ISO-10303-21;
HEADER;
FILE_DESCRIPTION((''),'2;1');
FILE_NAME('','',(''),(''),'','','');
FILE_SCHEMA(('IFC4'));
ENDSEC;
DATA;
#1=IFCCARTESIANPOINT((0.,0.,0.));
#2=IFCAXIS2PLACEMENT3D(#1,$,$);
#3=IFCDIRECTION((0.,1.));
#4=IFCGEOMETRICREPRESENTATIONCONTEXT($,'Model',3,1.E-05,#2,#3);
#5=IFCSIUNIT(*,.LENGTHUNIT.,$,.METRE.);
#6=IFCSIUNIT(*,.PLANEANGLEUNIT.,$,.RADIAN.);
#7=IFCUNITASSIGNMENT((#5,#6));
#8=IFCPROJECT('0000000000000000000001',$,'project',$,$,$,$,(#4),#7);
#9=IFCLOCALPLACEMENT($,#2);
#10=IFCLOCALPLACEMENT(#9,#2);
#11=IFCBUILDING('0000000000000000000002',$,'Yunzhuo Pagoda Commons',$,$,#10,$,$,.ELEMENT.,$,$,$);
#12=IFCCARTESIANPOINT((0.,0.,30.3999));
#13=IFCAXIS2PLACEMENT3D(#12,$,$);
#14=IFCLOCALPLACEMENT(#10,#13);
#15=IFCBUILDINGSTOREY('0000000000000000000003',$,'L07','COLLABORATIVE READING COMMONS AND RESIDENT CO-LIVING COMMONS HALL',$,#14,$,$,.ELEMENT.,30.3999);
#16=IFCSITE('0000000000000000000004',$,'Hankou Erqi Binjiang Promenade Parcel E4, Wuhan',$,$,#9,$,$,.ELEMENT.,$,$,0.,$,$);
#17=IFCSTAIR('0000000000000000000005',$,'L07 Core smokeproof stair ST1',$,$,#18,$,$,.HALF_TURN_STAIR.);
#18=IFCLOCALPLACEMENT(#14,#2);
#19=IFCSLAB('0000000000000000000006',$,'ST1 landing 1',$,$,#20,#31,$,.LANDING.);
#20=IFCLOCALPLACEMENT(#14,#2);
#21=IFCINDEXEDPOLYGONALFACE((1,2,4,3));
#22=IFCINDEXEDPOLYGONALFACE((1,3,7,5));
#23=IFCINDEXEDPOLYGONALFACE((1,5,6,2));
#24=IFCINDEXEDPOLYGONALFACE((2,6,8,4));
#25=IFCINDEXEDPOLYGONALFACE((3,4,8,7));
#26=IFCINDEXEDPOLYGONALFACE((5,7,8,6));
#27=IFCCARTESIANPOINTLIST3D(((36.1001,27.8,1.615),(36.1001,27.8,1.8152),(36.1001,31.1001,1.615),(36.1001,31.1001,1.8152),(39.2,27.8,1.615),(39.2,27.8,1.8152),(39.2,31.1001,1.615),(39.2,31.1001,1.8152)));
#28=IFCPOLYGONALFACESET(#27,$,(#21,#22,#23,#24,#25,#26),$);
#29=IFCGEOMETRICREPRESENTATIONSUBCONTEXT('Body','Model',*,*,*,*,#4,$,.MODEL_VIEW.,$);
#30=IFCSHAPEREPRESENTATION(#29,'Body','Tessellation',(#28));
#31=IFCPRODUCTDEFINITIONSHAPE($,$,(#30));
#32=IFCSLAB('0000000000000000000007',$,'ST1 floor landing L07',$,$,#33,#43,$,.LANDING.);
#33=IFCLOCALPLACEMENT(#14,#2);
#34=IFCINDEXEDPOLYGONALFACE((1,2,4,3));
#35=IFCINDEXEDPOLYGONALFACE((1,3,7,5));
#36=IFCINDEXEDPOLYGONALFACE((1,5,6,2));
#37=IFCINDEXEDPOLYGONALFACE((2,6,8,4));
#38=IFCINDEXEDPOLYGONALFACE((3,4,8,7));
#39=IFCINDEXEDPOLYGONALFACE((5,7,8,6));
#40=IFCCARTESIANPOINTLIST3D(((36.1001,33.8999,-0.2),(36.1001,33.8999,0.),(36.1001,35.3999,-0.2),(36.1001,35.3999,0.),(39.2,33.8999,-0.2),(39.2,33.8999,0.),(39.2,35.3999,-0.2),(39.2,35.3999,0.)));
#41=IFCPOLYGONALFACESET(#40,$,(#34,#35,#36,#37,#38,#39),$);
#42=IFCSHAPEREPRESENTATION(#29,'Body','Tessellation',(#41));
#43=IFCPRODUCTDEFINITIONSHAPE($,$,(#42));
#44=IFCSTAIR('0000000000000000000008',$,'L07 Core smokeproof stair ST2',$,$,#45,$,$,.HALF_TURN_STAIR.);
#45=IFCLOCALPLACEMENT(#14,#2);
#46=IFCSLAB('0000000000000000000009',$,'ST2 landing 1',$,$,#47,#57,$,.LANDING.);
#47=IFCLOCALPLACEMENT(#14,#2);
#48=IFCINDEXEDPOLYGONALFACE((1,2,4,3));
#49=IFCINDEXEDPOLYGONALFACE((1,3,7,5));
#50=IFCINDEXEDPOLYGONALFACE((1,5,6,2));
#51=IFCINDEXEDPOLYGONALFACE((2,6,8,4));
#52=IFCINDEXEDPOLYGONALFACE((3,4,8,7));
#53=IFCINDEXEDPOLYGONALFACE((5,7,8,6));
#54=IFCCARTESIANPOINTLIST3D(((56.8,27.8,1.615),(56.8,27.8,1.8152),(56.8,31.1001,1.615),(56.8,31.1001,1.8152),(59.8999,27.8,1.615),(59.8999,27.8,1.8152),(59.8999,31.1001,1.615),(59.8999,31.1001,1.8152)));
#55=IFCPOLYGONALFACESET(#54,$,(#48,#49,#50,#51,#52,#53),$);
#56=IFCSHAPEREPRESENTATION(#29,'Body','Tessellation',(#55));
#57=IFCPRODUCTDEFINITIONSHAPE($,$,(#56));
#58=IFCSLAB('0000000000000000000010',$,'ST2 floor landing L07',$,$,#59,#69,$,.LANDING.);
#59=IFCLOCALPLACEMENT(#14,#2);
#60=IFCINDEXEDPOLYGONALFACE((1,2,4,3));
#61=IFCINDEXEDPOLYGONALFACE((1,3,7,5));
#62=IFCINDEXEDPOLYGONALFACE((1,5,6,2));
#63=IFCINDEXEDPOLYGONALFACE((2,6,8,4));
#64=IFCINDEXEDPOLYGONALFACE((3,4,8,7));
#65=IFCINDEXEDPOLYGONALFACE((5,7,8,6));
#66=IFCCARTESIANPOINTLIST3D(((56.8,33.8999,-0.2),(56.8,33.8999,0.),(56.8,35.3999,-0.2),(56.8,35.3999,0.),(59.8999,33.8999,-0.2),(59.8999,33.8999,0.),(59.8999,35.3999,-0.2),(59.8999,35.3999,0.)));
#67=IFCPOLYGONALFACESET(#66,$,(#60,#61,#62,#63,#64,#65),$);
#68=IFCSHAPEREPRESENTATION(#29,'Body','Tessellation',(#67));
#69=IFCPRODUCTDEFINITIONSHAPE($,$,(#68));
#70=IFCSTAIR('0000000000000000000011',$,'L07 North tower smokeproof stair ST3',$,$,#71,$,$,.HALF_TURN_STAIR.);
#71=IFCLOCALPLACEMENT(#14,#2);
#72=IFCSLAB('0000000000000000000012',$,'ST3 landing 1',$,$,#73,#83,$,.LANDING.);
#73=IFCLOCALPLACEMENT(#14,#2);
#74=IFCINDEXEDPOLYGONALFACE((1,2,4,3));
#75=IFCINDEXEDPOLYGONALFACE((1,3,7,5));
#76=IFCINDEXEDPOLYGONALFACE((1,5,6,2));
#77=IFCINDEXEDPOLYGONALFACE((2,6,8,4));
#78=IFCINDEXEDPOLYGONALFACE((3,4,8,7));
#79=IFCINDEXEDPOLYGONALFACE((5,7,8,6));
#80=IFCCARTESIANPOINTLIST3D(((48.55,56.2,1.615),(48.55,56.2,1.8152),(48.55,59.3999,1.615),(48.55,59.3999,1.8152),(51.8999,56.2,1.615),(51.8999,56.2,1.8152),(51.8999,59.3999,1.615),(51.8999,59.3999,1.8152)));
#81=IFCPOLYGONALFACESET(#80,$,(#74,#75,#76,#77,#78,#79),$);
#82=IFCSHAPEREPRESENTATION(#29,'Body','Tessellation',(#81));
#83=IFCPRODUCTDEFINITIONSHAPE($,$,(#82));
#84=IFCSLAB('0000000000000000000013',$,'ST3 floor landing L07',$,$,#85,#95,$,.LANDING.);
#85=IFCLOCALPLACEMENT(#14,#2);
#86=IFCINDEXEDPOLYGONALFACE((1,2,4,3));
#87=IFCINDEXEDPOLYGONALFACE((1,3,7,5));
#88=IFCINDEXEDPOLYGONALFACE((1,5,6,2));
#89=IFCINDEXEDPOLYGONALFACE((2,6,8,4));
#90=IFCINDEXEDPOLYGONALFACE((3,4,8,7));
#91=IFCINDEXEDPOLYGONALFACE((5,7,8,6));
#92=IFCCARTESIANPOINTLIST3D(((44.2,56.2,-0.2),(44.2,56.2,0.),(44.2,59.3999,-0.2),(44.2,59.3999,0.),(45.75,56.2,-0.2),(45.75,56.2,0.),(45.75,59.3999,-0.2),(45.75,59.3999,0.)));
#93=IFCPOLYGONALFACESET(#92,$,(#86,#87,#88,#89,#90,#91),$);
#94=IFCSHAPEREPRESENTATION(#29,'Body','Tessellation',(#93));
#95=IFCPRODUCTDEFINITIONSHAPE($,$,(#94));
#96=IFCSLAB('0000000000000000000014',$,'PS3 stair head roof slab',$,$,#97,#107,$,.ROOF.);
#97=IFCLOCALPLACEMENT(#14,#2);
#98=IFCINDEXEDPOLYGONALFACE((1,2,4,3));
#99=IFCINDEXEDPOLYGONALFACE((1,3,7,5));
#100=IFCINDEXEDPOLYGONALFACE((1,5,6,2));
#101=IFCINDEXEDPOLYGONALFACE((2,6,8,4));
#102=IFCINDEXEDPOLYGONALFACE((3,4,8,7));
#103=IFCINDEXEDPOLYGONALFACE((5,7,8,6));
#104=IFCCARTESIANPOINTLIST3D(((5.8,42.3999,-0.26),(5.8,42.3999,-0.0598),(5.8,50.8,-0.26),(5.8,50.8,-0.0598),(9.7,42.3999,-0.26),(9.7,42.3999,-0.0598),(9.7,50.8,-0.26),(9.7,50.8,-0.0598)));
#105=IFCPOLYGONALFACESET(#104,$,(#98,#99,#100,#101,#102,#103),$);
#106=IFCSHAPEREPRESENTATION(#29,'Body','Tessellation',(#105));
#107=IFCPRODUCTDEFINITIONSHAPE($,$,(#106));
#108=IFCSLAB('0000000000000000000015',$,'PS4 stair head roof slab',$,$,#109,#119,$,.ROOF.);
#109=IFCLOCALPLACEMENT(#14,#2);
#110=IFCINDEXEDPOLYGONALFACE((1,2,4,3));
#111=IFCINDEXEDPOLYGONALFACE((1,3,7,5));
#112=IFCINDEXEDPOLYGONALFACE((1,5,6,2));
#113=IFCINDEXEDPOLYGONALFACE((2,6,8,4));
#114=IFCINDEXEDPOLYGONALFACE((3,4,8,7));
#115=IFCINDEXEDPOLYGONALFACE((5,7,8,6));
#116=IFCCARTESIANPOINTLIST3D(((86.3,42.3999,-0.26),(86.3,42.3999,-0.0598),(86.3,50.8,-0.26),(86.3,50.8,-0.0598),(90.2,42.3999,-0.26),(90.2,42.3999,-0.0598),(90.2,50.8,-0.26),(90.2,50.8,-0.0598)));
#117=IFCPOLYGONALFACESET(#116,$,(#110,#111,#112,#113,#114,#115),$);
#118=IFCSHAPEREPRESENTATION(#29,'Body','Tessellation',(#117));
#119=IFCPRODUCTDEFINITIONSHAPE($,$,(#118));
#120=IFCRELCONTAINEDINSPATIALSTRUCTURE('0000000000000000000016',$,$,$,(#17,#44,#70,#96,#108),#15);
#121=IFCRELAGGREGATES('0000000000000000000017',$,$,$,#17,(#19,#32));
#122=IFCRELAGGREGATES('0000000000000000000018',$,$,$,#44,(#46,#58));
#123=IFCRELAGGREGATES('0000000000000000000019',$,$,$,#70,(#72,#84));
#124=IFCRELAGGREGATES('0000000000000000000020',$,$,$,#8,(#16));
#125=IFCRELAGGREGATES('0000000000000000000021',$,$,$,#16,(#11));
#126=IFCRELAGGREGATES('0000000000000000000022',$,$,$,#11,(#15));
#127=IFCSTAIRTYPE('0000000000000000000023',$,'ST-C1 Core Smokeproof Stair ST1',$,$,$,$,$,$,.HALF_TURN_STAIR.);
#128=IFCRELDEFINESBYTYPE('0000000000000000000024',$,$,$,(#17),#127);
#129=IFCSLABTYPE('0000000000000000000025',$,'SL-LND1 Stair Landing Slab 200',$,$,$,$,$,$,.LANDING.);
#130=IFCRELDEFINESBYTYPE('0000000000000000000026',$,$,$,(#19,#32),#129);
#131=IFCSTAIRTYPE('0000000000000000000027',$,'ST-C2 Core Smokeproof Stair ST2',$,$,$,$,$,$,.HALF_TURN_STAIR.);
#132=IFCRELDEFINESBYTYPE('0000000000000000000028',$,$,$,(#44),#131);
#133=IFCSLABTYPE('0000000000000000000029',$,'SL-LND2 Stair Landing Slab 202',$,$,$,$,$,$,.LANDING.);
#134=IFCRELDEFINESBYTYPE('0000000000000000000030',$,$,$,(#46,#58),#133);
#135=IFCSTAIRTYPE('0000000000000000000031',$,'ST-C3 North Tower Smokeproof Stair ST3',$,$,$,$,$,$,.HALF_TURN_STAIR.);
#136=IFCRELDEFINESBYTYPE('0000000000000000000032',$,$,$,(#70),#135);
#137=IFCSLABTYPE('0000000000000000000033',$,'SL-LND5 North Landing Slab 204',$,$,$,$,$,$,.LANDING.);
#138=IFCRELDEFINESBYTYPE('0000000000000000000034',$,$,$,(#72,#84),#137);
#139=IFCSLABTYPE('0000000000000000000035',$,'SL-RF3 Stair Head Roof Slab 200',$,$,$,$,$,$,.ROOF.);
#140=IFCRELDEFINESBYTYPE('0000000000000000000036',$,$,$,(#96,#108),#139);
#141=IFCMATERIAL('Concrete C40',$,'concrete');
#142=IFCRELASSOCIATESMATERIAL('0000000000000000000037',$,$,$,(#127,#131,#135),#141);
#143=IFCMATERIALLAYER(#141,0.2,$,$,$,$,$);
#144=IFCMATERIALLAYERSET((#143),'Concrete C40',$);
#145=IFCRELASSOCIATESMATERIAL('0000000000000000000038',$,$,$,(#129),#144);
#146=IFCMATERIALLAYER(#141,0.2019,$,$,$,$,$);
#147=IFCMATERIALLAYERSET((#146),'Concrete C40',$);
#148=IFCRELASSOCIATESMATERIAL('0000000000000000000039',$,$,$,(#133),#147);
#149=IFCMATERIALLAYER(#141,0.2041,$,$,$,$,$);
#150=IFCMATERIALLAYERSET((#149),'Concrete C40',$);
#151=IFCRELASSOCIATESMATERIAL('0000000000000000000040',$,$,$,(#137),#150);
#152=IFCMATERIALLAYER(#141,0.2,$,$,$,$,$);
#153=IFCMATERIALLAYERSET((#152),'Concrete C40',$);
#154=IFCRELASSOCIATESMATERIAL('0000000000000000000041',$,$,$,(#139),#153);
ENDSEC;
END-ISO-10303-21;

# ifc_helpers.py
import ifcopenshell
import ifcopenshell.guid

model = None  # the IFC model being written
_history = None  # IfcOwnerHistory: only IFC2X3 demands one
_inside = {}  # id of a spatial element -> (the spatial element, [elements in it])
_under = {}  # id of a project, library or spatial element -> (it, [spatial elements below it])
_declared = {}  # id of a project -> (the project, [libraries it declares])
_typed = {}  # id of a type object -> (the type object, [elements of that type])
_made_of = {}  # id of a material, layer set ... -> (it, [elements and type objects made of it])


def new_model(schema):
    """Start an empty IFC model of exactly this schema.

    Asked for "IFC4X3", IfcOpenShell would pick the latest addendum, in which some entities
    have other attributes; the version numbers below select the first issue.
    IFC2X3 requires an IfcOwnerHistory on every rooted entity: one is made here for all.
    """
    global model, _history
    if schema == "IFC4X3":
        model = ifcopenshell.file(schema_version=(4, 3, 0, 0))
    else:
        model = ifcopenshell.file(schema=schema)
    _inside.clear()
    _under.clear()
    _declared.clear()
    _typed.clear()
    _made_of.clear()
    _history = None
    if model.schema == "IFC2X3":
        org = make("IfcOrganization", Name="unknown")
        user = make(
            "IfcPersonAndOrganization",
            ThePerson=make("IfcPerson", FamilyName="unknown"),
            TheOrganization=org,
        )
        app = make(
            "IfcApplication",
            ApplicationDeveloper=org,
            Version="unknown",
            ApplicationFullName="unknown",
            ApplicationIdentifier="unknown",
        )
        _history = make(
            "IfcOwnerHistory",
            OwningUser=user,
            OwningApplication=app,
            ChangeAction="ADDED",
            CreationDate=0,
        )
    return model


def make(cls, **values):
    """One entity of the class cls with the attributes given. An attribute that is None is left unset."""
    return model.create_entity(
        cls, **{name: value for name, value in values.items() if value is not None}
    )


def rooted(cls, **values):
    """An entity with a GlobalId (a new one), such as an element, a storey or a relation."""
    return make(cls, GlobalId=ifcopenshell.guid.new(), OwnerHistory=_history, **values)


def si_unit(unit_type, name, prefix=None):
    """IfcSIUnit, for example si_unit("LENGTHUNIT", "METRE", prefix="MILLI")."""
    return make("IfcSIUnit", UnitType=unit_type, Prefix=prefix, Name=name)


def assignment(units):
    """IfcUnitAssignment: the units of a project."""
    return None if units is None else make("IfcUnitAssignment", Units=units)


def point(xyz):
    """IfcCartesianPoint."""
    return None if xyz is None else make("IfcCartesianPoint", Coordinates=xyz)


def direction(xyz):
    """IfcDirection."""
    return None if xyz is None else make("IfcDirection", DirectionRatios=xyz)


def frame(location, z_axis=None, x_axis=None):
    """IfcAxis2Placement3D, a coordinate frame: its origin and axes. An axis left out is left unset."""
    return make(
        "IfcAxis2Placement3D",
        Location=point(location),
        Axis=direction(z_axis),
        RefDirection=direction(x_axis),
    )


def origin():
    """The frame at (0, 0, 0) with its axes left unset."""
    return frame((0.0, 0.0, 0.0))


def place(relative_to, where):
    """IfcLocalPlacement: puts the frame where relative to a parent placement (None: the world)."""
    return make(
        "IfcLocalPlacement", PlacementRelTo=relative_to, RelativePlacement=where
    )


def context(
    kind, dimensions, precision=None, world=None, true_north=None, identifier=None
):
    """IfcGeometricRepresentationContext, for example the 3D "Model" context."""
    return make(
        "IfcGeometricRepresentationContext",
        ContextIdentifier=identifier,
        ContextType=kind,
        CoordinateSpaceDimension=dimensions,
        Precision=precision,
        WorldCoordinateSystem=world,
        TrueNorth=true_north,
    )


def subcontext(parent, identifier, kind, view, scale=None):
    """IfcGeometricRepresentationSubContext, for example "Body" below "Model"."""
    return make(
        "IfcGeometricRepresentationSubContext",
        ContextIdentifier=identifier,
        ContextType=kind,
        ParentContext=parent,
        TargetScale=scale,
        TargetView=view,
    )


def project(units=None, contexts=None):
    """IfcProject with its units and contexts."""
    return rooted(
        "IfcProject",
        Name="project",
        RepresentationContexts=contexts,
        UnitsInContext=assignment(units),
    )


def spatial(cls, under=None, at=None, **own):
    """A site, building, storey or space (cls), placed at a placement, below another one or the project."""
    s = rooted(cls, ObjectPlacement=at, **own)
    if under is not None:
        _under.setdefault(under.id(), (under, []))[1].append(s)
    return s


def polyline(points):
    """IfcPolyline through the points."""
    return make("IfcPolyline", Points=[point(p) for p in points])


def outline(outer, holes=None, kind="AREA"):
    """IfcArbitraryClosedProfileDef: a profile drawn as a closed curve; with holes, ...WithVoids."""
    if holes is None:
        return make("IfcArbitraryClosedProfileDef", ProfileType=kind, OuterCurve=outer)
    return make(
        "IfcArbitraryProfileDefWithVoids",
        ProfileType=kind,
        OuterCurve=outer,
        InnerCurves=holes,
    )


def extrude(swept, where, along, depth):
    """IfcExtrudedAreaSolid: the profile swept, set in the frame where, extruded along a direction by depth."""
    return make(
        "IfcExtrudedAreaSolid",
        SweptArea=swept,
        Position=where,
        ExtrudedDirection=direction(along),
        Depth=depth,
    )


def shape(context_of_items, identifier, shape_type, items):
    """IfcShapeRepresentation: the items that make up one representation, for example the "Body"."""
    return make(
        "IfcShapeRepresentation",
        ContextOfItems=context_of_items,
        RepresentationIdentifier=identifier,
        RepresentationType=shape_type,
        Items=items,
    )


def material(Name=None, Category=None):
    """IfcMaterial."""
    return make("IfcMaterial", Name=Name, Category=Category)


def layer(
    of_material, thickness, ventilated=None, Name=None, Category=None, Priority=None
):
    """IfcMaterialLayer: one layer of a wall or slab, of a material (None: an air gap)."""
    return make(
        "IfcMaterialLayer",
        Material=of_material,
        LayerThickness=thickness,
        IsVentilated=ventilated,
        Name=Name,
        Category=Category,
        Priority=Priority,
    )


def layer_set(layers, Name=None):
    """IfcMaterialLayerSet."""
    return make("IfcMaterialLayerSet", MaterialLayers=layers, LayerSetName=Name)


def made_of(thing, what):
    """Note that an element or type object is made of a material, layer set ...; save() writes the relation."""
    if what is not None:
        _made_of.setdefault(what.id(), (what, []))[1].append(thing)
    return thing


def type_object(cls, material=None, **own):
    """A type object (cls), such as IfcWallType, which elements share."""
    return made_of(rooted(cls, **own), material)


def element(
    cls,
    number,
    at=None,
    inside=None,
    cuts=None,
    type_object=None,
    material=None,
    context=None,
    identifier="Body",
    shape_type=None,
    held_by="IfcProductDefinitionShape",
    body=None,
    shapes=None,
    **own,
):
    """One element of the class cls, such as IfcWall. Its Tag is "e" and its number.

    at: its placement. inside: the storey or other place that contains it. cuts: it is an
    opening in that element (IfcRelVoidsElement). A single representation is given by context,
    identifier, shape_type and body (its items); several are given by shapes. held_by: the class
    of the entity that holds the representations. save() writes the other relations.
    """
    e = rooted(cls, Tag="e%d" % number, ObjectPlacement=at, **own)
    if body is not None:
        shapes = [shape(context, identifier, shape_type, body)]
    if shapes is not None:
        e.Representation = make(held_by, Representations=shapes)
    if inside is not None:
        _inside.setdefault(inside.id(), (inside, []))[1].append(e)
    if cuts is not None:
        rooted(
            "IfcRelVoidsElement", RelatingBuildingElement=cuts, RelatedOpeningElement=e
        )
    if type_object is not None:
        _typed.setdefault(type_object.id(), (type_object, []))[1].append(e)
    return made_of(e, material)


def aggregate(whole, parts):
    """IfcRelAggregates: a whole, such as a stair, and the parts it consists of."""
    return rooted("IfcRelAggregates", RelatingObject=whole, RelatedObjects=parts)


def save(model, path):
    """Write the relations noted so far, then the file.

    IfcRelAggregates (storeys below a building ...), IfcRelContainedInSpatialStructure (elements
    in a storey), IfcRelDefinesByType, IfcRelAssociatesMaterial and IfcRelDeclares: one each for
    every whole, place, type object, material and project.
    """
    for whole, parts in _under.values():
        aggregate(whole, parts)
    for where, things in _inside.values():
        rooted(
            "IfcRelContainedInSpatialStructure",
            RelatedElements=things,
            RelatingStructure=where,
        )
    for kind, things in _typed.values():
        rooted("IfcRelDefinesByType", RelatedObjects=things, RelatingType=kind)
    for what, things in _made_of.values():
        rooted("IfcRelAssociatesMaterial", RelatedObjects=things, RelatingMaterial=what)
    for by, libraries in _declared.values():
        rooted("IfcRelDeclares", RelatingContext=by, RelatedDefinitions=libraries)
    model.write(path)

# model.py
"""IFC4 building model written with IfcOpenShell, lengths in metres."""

from ifc_helpers import new_model, si_unit, direction, frame, origin, place, context, subcontext, project, spatial, polyline, outline, extrude, material, layer, layer_set, type_object, element, aggregate, save


model = new_model("IFC4")

# Units and contexts
model_context = context("Model", 3, precision=1e-05, world=origin(), true_north=direction((0.0, 1.0)))
body_context = subcontext(model_context, "Body", "Model", "MODEL_VIEW")
ifc_project = project(units=[si_unit("LENGTHUNIT", "METRE"), si_unit("PLANEANGLEUNIT", "RADIAN")], contexts=[model_context])

# Site, building, storey
site_placement = place(None, origin())
site = spatial("IfcSite", under=ifc_project, at=site_placement, Name="Hankou Erqi Binjiang Promenade Parcel E4, Wuhan", CompositionType="ELEMENT", RefElevation=0.0)
building_placement = place(site_placement, origin())
building = spatial("IfcBuilding", under=site, at=building_placement, Name="Yunzhuo Pagoda Commons", CompositionType="ELEMENT")
storey_placement = place(building_placement, frame((0.0, 0.0, 30.3999)))
storey = spatial("IfcBuildingStorey", under=building, at=storey_placement, Name="L07", Description="COLLABORATIVE READING COMMONS AND RESIDENT CO-LIVING COMMONS HALL", CompositionType="ELEMENT", Elevation=30.3999)

# Shared definitions
ifc_material_1 = material(Name="Concrete C40", Category="concrete")

# Stairs, slabs
stair_type_1 = type_object("IfcStairType", Name="ST-C1 Core Smokeproof Stair ST1", PredefinedType="HALF_TURN_STAIR", material=ifc_material_1)
stair_1_placement = place(storey_placement, origin())
stair_1 = element("IfcStair", 1, at=stair_1_placement, inside=storey, type_object=stair_type_1, Name="L07 Core smokeproof stair ST1", PredefinedType="HALF_TURN_STAIR")
ifc_layer_1 = layer(ifc_material_1, 0.2)
ifc_layer_set_1 = layer_set([ifc_layer_1], Name="Concrete C40")
slab_type_1 = type_object("IfcSlabType", Name="SL-LND1 Stair Landing Slab 200", PredefinedType="LANDING", material=ifc_layer_set_1)
slab_1_placement = place(storey_placement, frame((0.0, 0.0, 1.615)))
slab_1 = element("IfcSlab", 2, at=slab_1_placement, type_object=slab_type_1, Name="ST1 landing 1", PredefinedType="LANDING", context=body_context, shape_type="SweptSolid", body=[
    extrude(outline(polyline([(36.1001, 31.1001), (36.1001, 27.8), (39.2, 27.8), (39.2, 31.1001), (36.1001, 31.1001)])), origin(), (0.0, 0.0, 1.0), 0.2002),
])
slab_2_placement = place(storey_placement, frame((0.0, 0.0, -0.2)))
slab_2 = element("IfcSlab", 3, at=slab_2_placement, type_object=slab_type_1, Name="ST1 floor landing L07", PredefinedType="LANDING", context=body_context, shape_type="SweptSolid", body=[
    extrude(outline(polyline([(36.1001, 35.3999), (36.1001, 33.8999), (39.2, 33.8999), (39.2, 35.3999), (36.1001, 35.3999)])), origin(), (0.0, 0.0, 1.0), 0.2),
])
aggregate(stair_1, [slab_1, slab_2])
stair_type_2 = type_object("IfcStairType", Name="ST-C2 Core Smokeproof Stair ST2", PredefinedType="HALF_TURN_STAIR", material=ifc_material_1)
stair_2_placement = place(storey_placement, origin())
stair_2 = element("IfcStair", 4, at=stair_2_placement, inside=storey, type_object=stair_type_2, Name="L07 Core smokeproof stair ST2", PredefinedType="HALF_TURN_STAIR")
ifc_layer_2 = layer(ifc_material_1, 0.2019)
ifc_layer_set_2 = layer_set([ifc_layer_2], Name="Concrete C40")
slab_type_2 = type_object("IfcSlabType", Name="SL-LND2 Stair Landing Slab 202", PredefinedType="LANDING", material=ifc_layer_set_2)
slab_3_placement = place(storey_placement, frame((0.0, 0.0, 1.615)))
slab_3 = element("IfcSlab", 5, at=slab_3_placement, type_object=slab_type_2, Name="ST2 landing 1", PredefinedType="LANDING", context=body_context, shape_type="SweptSolid", body=[
    extrude(outline(polyline([(56.8, 31.1001), (56.8, 27.8), (59.8999, 27.8), (59.8999, 31.1001), (56.8, 31.1001)])), origin(), (0.0, 0.0, 1.0), 0.2002),
])
slab_4_placement = place(storey_placement, frame((0.0, 0.0, -0.2)))
slab_4 = element("IfcSlab", 6, at=slab_4_placement, type_object=slab_type_2, Name="ST2 floor landing L07", PredefinedType="LANDING", context=body_context, shape_type="SweptSolid", body=[
    extrude(outline(polyline([(56.8, 35.3999), (56.8, 33.8999), (59.8999, 33.8999), (59.8999, 35.3999), (56.8, 35.3999)])), origin(), (0.0, 0.0, 1.0), 0.2),
])
aggregate(stair_2, [slab_3, slab_4])
stair_type_3 = type_object("IfcStairType", Name="ST-C3 North Tower Smokeproof Stair ST3", PredefinedType="HALF_TURN_STAIR", material=ifc_material_1)
stair_3_placement = place(storey_placement, origin())
stair_3 = element("IfcStair", 7, at=stair_3_placement, inside=storey, type_object=stair_type_3, Name="L07 North tower smokeproof stair ST3", PredefinedType="HALF_TURN_STAIR")
ifc_layer_3 = layer(ifc_material_1, 0.2041)
ifc_layer_set_3 = layer_set([ifc_layer_3], Name="Concrete C40")
slab_type_3 = type_object("IfcSlabType", Name="SL-LND5 North Landing Slab 204", PredefinedType="LANDING", material=ifc_layer_set_3)
slab_5_placement = place(storey_placement, frame((0.0, 0.0, 1.615)))
slab_5 = element("IfcSlab", 8, at=slab_5_placement, type_object=slab_type_3, Name="ST3 landing 1", PredefinedType="LANDING", context=body_context, shape_type="SweptSolid", body=[
    extrude(outline(polyline([(48.55, 56.2), (51.8999, 56.2), (51.8999, 59.3999), (48.55, 59.3999), (48.55, 56.2)])), origin(), (0.0, 0.0, 1.0), 0.2002),
])
slab_6_placement = place(storey_placement, frame((0.0, 0.0, -0.2)))
slab_6 = element("IfcSlab", 9, at=slab_6_placement, type_object=slab_type_3, Name="ST3 floor landing L07", PredefinedType="LANDING", context=body_context, shape_type="SweptSolid", body=[
    extrude(outline(polyline([(44.2, 56.2), (45.75, 56.2), (45.75, 59.3999), (44.2, 59.3999), (44.2, 56.2)])), origin(), (0.0, 0.0, 1.0), 0.2),
])
aggregate(stair_3, [slab_5, slab_6])

# Slabs
ifc_layer_4 = layer(ifc_material_1, 0.2)
ifc_layer_set_4 = layer_set([ifc_layer_4], Name="Concrete C40")
slab_type_4 = type_object("IfcSlabType", Name="SL-RF3 Stair Head Roof Slab 200", PredefinedType="ROOF", material=ifc_layer_set_4)
slab_7_placement = place(storey_placement, frame((0.0, 0.0, -0.26)))
element("IfcSlab", 10, at=slab_7_placement, inside=storey, type_object=slab_type_4, Name="PS3 stair head roof slab", PredefinedType="ROOF", context=body_context, shape_type="SweptSolid", body=[
    extrude(outline(polyline([(5.8, 42.3999), (9.7, 42.3999), (9.7, 50.8), (5.8, 50.8), (5.8, 42.3999)])), origin(), (0.0, 0.0, 1.0), 0.2002),
])
slab_8_placement = place(storey_placement, frame((0.0, 0.0, -0.26)))
element("IfcSlab", 11, at=slab_8_placement, inside=storey, type_object=slab_type_4, Name="PS4 stair head roof slab", PredefinedType="ROOF", context=body_context, shape_type="SweptSolid", body=[
    extrude(outline(polyline([(86.3, 42.3999), (90.2, 42.3999), (90.2, 50.8), (86.3, 50.8), (86.3, 42.3999)])), origin(), (0.0, 0.0, 1.0), 0.2002),
])

save(model, "model.ifc")
